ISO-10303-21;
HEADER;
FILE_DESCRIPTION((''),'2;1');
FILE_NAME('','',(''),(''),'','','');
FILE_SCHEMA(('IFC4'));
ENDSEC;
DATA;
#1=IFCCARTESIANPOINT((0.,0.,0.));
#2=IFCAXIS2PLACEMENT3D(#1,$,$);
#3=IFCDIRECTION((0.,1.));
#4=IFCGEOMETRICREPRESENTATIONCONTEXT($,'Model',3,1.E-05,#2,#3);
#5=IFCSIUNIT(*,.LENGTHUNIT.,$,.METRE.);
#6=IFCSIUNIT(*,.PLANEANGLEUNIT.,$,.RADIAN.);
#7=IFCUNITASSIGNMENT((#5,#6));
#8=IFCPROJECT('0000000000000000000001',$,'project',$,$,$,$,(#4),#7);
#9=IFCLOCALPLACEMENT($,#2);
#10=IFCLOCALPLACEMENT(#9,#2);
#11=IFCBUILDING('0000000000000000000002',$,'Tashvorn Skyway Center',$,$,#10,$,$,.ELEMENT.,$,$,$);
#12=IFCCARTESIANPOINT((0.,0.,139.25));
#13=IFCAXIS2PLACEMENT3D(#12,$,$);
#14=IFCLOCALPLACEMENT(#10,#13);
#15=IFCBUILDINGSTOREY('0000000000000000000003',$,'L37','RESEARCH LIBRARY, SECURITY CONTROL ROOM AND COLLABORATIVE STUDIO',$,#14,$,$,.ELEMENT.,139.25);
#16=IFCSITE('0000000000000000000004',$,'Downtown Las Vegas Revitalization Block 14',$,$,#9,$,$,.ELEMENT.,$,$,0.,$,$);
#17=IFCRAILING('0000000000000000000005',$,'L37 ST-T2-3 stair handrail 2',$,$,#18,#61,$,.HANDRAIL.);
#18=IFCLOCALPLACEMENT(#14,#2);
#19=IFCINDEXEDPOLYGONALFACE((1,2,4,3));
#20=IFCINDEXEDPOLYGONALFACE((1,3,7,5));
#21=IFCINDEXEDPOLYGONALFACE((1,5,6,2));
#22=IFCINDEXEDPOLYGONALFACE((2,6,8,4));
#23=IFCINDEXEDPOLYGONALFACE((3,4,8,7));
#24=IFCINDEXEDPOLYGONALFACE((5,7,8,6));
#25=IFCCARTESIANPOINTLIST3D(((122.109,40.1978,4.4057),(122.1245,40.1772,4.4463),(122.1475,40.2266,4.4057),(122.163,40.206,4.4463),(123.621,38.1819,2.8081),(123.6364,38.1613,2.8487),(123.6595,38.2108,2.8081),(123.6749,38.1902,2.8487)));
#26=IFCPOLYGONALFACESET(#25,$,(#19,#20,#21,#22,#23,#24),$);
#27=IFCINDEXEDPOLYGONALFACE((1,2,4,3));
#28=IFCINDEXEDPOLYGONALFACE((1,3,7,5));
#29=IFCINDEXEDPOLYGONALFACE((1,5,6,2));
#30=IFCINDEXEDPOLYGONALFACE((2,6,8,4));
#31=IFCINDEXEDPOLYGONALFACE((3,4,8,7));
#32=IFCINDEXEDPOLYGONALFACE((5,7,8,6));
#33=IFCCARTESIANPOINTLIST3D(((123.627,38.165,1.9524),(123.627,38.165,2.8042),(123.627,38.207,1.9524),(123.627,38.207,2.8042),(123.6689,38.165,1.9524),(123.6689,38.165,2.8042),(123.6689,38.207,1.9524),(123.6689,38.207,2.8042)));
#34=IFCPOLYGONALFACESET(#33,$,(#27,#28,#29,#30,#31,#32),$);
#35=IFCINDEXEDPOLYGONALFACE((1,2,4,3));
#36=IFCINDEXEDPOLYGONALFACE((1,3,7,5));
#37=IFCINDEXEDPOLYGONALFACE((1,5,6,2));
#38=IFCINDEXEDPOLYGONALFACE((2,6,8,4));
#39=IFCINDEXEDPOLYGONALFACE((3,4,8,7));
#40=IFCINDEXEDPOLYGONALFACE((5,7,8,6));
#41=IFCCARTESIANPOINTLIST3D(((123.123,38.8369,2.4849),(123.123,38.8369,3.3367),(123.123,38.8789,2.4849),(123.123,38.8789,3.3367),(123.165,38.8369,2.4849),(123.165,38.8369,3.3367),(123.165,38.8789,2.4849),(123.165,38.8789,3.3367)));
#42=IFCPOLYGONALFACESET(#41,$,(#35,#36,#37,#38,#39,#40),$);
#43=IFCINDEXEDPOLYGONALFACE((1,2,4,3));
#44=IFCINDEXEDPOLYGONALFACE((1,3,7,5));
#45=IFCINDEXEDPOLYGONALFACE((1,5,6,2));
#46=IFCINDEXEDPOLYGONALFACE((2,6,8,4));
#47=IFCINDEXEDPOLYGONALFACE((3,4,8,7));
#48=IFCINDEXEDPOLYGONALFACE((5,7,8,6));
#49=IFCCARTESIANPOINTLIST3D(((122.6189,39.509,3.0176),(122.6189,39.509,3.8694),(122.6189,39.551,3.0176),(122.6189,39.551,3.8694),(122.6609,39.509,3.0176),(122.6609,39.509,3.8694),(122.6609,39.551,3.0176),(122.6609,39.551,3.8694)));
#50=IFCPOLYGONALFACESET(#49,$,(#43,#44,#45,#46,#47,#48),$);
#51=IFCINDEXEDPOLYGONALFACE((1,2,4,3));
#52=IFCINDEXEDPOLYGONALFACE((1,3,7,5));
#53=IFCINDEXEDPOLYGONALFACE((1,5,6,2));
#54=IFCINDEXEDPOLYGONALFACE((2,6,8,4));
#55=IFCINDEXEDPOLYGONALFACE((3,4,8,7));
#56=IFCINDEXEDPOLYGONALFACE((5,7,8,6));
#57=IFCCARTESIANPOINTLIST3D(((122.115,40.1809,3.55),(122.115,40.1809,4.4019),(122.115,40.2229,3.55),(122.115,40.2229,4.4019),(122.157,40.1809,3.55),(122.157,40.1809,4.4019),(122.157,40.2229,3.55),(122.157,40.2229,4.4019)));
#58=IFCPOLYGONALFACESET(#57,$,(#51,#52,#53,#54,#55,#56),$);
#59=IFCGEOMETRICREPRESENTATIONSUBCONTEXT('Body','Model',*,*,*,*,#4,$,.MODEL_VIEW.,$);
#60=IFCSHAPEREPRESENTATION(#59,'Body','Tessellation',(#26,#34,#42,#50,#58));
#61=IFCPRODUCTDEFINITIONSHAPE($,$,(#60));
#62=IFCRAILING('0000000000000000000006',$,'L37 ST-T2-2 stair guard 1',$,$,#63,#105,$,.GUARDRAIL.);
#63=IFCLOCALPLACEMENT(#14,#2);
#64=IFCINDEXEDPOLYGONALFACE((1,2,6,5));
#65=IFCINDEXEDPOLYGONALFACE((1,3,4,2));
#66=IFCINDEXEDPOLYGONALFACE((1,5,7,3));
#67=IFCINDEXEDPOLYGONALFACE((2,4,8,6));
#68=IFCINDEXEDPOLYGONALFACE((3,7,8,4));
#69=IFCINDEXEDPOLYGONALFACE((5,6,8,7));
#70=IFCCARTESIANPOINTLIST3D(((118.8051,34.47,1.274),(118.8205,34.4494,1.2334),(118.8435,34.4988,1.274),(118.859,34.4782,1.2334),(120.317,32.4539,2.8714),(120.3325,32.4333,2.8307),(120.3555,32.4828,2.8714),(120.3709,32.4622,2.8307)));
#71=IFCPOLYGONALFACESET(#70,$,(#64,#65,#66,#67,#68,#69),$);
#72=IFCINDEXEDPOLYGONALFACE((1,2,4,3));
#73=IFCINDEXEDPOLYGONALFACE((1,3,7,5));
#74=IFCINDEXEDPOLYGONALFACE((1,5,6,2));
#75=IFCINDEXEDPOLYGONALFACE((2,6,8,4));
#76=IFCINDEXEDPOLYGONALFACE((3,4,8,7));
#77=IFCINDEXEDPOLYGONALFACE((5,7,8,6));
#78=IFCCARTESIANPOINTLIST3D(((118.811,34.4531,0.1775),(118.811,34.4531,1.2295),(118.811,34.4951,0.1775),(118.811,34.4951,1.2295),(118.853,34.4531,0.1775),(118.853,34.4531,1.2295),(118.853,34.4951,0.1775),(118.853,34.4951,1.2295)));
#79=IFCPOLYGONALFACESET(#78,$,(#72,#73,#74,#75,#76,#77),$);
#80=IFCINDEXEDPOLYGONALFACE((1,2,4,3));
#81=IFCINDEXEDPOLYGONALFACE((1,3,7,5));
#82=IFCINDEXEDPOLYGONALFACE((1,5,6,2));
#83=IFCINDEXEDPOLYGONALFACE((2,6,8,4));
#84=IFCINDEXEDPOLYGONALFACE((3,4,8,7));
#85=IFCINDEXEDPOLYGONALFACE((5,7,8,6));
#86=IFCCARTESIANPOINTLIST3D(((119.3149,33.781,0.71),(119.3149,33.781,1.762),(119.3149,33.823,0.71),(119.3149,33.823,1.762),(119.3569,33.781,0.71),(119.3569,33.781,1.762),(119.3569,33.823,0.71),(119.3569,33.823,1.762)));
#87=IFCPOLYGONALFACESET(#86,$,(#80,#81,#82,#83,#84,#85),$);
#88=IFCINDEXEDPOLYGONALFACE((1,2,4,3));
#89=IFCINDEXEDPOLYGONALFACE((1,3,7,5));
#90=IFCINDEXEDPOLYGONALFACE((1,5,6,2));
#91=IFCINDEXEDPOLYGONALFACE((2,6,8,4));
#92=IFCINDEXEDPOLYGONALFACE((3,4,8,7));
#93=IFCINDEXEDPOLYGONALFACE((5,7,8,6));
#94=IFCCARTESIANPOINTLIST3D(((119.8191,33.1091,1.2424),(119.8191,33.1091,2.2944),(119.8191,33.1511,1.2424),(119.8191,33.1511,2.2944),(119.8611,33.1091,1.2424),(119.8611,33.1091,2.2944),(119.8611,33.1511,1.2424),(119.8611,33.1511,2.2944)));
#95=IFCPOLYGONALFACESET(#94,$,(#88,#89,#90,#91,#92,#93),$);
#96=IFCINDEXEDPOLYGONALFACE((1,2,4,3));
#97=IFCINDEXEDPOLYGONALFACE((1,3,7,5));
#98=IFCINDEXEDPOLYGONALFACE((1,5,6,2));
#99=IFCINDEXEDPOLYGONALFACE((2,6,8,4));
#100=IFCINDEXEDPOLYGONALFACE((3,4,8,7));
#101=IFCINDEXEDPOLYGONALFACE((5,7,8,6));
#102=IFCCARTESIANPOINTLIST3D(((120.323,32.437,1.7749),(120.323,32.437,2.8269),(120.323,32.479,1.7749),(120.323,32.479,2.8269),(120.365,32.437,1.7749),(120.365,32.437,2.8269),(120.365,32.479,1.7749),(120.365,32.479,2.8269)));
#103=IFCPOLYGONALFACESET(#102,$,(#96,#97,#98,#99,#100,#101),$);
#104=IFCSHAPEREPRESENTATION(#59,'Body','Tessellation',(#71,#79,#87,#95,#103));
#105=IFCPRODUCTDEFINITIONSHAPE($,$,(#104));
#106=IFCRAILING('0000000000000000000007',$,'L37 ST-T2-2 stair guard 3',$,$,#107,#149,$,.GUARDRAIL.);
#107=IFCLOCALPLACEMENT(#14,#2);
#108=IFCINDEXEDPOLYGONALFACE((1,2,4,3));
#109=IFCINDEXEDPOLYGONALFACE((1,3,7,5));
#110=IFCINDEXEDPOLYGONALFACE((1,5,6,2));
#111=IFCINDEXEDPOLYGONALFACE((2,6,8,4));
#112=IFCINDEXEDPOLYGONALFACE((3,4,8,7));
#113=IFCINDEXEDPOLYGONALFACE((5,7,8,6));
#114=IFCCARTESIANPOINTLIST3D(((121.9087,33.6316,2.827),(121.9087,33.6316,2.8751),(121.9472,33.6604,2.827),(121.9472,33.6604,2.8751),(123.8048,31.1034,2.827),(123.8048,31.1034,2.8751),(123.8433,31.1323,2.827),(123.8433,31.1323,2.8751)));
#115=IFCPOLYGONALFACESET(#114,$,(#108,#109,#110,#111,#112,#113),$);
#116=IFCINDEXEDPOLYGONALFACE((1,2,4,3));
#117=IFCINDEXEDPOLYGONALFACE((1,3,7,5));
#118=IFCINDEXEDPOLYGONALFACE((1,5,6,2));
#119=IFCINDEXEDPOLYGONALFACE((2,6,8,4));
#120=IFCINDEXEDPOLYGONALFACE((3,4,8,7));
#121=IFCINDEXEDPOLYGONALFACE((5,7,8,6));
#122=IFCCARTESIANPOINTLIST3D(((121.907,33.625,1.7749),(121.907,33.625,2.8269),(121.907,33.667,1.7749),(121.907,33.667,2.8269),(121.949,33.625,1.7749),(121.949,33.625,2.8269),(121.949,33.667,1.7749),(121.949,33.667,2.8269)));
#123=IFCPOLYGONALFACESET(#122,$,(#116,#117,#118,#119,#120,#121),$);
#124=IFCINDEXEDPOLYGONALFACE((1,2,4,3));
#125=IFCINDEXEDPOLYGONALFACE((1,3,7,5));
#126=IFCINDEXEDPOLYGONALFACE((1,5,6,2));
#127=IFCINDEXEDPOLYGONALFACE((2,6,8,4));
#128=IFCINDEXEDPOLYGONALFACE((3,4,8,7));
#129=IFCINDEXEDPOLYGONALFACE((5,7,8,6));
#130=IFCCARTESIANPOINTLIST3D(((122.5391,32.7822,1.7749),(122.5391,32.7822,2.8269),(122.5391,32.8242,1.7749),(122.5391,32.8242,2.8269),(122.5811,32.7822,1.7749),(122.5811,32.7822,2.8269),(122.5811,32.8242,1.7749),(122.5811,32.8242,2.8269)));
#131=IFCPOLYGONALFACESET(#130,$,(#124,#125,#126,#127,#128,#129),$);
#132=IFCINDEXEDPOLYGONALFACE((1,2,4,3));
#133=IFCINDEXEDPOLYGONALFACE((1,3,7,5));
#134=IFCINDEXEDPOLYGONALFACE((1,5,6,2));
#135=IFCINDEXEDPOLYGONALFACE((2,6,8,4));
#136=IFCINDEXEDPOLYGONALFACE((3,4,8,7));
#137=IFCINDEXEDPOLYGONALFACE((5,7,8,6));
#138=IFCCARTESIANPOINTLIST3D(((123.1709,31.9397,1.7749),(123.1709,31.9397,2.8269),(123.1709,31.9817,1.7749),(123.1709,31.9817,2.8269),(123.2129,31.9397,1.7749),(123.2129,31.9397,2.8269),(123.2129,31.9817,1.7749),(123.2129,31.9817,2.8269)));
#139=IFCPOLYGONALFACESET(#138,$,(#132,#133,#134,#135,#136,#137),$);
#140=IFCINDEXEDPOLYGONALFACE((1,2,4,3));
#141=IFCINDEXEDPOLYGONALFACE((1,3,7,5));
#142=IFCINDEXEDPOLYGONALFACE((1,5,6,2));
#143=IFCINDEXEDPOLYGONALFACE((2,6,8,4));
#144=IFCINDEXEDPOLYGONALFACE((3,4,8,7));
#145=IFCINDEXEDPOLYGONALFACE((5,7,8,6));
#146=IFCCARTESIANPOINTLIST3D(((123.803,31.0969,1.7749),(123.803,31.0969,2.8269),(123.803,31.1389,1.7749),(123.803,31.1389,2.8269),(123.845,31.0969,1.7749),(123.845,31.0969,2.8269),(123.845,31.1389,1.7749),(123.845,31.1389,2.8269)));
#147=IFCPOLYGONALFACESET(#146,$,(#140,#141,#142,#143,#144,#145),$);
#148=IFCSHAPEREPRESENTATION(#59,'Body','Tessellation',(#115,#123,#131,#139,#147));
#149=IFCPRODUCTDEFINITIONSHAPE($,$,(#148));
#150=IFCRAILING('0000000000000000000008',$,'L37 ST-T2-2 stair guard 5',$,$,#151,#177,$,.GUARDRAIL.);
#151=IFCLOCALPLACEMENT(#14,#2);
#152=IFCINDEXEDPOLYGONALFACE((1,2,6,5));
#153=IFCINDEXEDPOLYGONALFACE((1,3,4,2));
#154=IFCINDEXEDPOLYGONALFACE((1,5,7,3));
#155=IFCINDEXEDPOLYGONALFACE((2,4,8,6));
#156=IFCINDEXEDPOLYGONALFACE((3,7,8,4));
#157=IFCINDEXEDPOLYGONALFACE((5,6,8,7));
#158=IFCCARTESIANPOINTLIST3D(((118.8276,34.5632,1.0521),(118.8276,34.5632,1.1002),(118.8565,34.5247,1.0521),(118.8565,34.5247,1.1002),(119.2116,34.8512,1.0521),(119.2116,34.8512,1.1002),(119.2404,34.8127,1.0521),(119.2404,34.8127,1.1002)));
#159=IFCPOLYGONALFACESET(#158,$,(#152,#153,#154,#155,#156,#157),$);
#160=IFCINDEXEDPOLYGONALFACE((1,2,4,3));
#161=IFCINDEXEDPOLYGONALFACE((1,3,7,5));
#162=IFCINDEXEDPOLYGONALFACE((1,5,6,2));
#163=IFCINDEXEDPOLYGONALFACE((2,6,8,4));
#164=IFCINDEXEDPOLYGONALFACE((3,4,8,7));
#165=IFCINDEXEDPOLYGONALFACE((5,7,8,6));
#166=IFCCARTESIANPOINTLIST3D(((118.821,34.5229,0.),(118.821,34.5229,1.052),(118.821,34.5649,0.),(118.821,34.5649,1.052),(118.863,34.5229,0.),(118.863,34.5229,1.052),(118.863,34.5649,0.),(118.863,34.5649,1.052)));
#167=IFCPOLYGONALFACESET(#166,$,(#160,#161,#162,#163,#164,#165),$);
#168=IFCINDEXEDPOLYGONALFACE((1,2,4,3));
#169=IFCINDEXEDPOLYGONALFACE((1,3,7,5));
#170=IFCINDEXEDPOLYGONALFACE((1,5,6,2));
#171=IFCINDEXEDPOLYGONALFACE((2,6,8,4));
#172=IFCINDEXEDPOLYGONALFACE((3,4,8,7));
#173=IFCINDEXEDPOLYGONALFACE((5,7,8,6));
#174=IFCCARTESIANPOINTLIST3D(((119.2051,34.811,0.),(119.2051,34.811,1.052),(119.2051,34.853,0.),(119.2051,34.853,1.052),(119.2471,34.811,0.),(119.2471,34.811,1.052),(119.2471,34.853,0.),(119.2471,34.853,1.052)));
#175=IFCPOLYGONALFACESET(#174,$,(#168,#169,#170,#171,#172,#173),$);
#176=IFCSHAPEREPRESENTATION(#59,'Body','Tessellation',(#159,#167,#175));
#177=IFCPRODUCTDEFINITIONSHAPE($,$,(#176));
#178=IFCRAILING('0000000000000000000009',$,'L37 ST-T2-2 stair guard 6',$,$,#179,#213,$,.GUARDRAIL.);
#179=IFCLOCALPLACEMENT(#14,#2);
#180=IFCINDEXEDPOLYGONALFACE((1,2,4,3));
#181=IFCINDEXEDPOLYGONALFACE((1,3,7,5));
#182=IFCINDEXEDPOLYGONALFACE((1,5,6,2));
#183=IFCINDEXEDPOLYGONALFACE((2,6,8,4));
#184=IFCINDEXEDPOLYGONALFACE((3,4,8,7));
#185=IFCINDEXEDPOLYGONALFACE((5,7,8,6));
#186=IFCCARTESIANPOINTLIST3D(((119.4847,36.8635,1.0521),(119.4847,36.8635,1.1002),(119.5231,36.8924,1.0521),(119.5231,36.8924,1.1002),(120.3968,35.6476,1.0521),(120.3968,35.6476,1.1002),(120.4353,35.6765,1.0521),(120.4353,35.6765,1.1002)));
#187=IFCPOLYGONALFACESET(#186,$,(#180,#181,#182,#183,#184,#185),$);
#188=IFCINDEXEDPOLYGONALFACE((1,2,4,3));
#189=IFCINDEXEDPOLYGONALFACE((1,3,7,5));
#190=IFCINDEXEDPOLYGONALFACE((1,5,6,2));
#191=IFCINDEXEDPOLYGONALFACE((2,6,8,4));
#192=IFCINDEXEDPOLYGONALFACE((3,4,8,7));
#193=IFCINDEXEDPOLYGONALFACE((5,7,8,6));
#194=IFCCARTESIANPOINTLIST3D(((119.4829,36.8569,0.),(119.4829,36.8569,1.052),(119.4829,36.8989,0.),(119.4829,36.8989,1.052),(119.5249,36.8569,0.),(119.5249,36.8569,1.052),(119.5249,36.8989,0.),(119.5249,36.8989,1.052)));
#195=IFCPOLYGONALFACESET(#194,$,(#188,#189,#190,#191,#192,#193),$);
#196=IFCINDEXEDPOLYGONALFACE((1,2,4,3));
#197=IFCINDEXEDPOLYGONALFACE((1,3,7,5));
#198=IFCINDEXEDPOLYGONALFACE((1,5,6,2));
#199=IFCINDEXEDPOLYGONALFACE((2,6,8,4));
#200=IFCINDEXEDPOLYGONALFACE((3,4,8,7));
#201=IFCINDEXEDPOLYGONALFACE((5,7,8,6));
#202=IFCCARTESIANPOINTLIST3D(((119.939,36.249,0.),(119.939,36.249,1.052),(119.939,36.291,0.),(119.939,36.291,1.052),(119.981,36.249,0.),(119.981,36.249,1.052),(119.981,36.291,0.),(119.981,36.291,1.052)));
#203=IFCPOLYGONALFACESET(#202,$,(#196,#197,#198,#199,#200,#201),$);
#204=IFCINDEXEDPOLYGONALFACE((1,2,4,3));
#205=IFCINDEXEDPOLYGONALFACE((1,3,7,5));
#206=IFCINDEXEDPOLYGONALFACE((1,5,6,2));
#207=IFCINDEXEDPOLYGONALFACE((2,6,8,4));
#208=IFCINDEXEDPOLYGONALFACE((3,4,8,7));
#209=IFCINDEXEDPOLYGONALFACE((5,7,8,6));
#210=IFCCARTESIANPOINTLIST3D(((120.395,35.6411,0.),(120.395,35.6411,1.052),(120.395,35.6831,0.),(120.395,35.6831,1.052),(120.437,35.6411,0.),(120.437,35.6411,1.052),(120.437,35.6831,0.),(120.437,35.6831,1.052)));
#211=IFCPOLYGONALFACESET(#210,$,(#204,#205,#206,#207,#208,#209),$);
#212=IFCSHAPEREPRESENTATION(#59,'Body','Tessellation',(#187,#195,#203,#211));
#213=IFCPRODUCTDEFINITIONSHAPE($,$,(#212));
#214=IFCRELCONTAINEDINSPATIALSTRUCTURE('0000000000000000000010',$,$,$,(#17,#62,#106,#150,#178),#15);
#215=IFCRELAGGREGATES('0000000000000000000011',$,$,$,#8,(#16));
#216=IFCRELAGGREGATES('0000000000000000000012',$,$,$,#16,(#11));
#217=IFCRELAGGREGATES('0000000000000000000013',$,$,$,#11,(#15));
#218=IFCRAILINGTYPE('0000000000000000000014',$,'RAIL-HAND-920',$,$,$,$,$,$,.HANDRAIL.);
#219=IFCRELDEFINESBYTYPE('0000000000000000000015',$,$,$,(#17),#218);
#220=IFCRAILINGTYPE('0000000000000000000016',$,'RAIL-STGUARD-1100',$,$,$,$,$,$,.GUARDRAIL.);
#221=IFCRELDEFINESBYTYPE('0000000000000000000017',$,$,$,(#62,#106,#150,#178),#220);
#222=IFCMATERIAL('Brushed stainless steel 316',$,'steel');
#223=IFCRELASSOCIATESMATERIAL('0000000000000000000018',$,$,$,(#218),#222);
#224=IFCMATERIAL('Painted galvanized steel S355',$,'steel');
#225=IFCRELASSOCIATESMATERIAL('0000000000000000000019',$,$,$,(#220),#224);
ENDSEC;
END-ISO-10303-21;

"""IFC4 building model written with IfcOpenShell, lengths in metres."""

from ifc_helpers import new_model, si_unit, direction, frame, origin, origin_2d, place, context, subcontext, project, spatial, rectangle, extrude, material, type_object, element, save


model = new_model("IFC4")

# Units and contexts
model_context = context("Model", 3, precision=1e-05, world=origin(), true_north=direction((0.0, 1.0)))
body_context = subcontext(model_context, "Body", "Model", "MODEL_VIEW")
ifc_project = project(units=[si_unit("LENGTHUNIT", "METRE"), si_unit("PLANEANGLEUNIT", "RADIAN")], contexts=[model_context])

# Site, building, storey
site_placement = place(None, origin())
site = spatial("IfcSite", under=ifc_project, at=site_placement, Name="Downtown Las Vegas Revitalization Block 14", CompositionType="ELEMENT", RefElevation=0.0)
building_placement = place(site_placement, origin())
building = spatial("IfcBuilding", under=site, at=building_placement, Name="Tashvorn Skyway Center", CompositionType="ELEMENT")
storey_placement = place(building_placement, frame((0.0, 0.0, 139.25)))
storey = spatial("IfcBuildingStorey", under=building, at=storey_placement, Name="L37", Description="RESEARCH LIBRARY, SECURITY CONTROL ROOM AND COLLABORATIVE STUDIO", CompositionType="ELEMENT", Elevation=139.25)

# Railings
ifc_material_1 = material(Name="Brushed stainless steel 316", Category="steel")
railing_type_1 = type_object("IfcRailingType", Name="RAIL-HAND-920", PredefinedType="HANDRAIL", material=ifc_material_1)
railing_1_placement = place(storey_placement, frame((123.6479, 38.186, 1.9524)))
element("IfcRailing", 1, at=railing_1_placement, inside=storey, type_object=railing_type_1, Name="L37 ST-T2-3 stair handrail 2", PredefinedType="HANDRAIL", context=body_context, shape_type="SweptSolid", body=[
    extrude(rectangle(XDim=0.0481, YDim=0.0481, at=origin_2d()), frame((0.0, 0.0, 0.876), z_axis=(-0.506747, 0.675635, 0.535467), x_axis=(-0.799988, -0.600016, 0.0)), (0.0, 0.0, 1.0), 2.9836),
    extrude(rectangle(XDim=0.042, YDim=0.042, at=origin_2d()), origin(), (0.0, 0.0, 1.0), 0.8518),
    extrude(rectangle(XDim=0.042, YDim=0.042, at=origin_2d()), frame((-0.5039, 0.6719, 0.5325)), (0.0, 0.0, 1.0), 0.8518),
    extrude(rectangle(XDim=0.042, YDim=0.042, at=origin_2d()), frame((-1.0081, 1.344, 1.0652)), (0.0, 0.0, 1.0), 0.8518),
    extrude(rectangle(XDim=0.042, YDim=0.042, at=origin_2d()), frame((-1.512, 2.0159, 1.5977)), (0.0, 0.0, 1.0), 0.8518),
])
ifc_material_2 = material(Name="Painted galvanized steel S355", Category="steel")
railing_type_2 = type_object("IfcRailingType", Name="RAIL-STGUARD-1100", PredefinedType="GUARDRAIL", material=ifc_material_2)
railing_2_placement = place(storey_placement, frame((118.832, 34.4741, 0.1775)))
element("IfcRailing", 2, at=railing_2_placement, inside=storey, type_object=railing_type_2, Name="L37 ST-T2-2 stair guard 1", PredefinedType="GUARDRAIL", context=body_context, shape_type="SweptSolid", body=[
    extrude(rectangle(XDim=0.0481, YDim=0.0481, at=origin_2d()), frame((0.0, 0.0, 1.0762), z_axis=(0.506741, -0.675709, 0.535379), x_axis=(0.800023, 0.599969, 0.0)), (0.0, 0.0, 1.0), 2.9836),
    extrude(rectangle(XDim=0.042, YDim=0.042, at=origin_2d()), origin(), (0.0, 0.0, 1.0), 1.052),
    extrude(rectangle(XDim=0.042, YDim=0.042, at=origin_2d()), frame((0.5039, -0.6721, 0.5325)), (0.0, 0.0, 1.0), 1.052),
    extrude(rectangle(XDim=0.042, YDim=0.042, at=origin_2d()), frame((1.0081, -1.344, 1.0649)), (0.0, 0.0, 1.0), 1.052),
    extrude(rectangle(XDim=0.042, YDim=0.042, at=origin_2d()), frame((1.512, -2.0161, 1.5974)), (0.0, 0.0, 1.0), 1.052),
])
railing_3_placement = place(storey_placement, frame((121.928, 33.646, 1.7749)))
element("IfcRailing", 3, at=railing_3_placement, inside=storey, type_object=railing_type_2, Name="L37 ST-T2-2 stair guard 3", PredefinedType="GUARDRAIL", context=body_context, shape_type="SweptSolid", body=[
    extrude(rectangle(XDim=0.0481, YDim=0.0481, at=origin_2d()), frame((0.0, 0.0, 1.0762), z_axis=(0.599988, -0.800009, 0.0), x_axis=(0.800009, 0.599988, 0.0)), (0.0, 0.0, 1.0), 3.1602),
    extrude(rectangle(XDim=0.042, YDim=0.042, at=origin_2d()), origin(), (0.0, 0.0, 1.0), 1.052),
    extrude(rectangle(XDim=0.042, YDim=0.042, at=origin_2d()), frame((0.6321, -0.8428, 0.0)), (0.0, 0.0, 1.0), 1.052),
    extrude(rectangle(XDim=0.042, YDim=0.042, at=origin_2d()), frame((1.2639, -1.6853, 0.0)), (0.0, 0.0, 1.0), 1.052),
    extrude(rectangle(XDim=0.042, YDim=0.042, at=origin_2d()), frame((1.896, -2.5281, 0.0)), (0.0, 0.0, 1.0), 1.052),
])
railing_4_placement = place(storey_placement, frame((118.842, 34.5439, 0.0)))
element("IfcRailing", 4, at=railing_4_placement, inside=storey, type_object=railing_type_2, Name="L37 ST-T2-2 stair guard 5", PredefinedType="GUARDRAIL", context=body_context, shape_type="SweptSolid", body=[
    extrude(rectangle(XDim=0.0481, YDim=0.0481, at=origin_2d()), frame((0.0, 0.0, 1.0762), z_axis=(0.799939, 0.600081, 0.0), x_axis=(-0.600081, 0.799939, 0.0)), (0.0, 0.0, 1.0), 0.48),
    extrude(rectangle(XDim=0.042, YDim=0.042, at=origin_2d()), origin(), (0.0, 0.0, 1.0), 1.052),
    extrude(rectangle(XDim=0.042, YDim=0.042, at=origin_2d()), frame((0.384, 0.2881, 0.0)), (0.0, 0.0, 1.0), 1.052),
])
railing_5_placement = place(storey_placement, frame((119.5039, 36.8779, 0.0)))
element("IfcRailing", 5, at=railing_5_placement, inside=storey, type_object=railing_type_2, Name="L37 ST-T2-2 stair guard 6", PredefinedType="GUARDRAIL", context=body_context, shape_type="SweptSolid", body=[
    extrude(rectangle(XDim=0.0481, YDim=0.0481, at=origin_2d()), frame((0.0, 0.0, 1.0762), z_axis=(0.600103, -0.799923, 0.0), x_axis=(0.799923, 0.600103, 0.0)), (0.0, 0.0, 1.0), 1.52),
    extrude(rectangle(XDim=0.042, YDim=0.042, at=origin_2d()), origin(), (0.0, 0.0, 1.0), 1.052),
    extrude(rectangle(XDim=0.042, YDim=0.042, at=origin_2d()), frame((0.4561, -0.6079, 0.0)), (0.0, 0.0, 1.0), 1.052),
    extrude(rectangle(XDim=0.042, YDim=0.042, at=origin_2d()), frame((0.9121, -1.2158, 0.0)), (0.0, 0.0, 1.0), 1.052),
])

save(model, "model.ifc")
